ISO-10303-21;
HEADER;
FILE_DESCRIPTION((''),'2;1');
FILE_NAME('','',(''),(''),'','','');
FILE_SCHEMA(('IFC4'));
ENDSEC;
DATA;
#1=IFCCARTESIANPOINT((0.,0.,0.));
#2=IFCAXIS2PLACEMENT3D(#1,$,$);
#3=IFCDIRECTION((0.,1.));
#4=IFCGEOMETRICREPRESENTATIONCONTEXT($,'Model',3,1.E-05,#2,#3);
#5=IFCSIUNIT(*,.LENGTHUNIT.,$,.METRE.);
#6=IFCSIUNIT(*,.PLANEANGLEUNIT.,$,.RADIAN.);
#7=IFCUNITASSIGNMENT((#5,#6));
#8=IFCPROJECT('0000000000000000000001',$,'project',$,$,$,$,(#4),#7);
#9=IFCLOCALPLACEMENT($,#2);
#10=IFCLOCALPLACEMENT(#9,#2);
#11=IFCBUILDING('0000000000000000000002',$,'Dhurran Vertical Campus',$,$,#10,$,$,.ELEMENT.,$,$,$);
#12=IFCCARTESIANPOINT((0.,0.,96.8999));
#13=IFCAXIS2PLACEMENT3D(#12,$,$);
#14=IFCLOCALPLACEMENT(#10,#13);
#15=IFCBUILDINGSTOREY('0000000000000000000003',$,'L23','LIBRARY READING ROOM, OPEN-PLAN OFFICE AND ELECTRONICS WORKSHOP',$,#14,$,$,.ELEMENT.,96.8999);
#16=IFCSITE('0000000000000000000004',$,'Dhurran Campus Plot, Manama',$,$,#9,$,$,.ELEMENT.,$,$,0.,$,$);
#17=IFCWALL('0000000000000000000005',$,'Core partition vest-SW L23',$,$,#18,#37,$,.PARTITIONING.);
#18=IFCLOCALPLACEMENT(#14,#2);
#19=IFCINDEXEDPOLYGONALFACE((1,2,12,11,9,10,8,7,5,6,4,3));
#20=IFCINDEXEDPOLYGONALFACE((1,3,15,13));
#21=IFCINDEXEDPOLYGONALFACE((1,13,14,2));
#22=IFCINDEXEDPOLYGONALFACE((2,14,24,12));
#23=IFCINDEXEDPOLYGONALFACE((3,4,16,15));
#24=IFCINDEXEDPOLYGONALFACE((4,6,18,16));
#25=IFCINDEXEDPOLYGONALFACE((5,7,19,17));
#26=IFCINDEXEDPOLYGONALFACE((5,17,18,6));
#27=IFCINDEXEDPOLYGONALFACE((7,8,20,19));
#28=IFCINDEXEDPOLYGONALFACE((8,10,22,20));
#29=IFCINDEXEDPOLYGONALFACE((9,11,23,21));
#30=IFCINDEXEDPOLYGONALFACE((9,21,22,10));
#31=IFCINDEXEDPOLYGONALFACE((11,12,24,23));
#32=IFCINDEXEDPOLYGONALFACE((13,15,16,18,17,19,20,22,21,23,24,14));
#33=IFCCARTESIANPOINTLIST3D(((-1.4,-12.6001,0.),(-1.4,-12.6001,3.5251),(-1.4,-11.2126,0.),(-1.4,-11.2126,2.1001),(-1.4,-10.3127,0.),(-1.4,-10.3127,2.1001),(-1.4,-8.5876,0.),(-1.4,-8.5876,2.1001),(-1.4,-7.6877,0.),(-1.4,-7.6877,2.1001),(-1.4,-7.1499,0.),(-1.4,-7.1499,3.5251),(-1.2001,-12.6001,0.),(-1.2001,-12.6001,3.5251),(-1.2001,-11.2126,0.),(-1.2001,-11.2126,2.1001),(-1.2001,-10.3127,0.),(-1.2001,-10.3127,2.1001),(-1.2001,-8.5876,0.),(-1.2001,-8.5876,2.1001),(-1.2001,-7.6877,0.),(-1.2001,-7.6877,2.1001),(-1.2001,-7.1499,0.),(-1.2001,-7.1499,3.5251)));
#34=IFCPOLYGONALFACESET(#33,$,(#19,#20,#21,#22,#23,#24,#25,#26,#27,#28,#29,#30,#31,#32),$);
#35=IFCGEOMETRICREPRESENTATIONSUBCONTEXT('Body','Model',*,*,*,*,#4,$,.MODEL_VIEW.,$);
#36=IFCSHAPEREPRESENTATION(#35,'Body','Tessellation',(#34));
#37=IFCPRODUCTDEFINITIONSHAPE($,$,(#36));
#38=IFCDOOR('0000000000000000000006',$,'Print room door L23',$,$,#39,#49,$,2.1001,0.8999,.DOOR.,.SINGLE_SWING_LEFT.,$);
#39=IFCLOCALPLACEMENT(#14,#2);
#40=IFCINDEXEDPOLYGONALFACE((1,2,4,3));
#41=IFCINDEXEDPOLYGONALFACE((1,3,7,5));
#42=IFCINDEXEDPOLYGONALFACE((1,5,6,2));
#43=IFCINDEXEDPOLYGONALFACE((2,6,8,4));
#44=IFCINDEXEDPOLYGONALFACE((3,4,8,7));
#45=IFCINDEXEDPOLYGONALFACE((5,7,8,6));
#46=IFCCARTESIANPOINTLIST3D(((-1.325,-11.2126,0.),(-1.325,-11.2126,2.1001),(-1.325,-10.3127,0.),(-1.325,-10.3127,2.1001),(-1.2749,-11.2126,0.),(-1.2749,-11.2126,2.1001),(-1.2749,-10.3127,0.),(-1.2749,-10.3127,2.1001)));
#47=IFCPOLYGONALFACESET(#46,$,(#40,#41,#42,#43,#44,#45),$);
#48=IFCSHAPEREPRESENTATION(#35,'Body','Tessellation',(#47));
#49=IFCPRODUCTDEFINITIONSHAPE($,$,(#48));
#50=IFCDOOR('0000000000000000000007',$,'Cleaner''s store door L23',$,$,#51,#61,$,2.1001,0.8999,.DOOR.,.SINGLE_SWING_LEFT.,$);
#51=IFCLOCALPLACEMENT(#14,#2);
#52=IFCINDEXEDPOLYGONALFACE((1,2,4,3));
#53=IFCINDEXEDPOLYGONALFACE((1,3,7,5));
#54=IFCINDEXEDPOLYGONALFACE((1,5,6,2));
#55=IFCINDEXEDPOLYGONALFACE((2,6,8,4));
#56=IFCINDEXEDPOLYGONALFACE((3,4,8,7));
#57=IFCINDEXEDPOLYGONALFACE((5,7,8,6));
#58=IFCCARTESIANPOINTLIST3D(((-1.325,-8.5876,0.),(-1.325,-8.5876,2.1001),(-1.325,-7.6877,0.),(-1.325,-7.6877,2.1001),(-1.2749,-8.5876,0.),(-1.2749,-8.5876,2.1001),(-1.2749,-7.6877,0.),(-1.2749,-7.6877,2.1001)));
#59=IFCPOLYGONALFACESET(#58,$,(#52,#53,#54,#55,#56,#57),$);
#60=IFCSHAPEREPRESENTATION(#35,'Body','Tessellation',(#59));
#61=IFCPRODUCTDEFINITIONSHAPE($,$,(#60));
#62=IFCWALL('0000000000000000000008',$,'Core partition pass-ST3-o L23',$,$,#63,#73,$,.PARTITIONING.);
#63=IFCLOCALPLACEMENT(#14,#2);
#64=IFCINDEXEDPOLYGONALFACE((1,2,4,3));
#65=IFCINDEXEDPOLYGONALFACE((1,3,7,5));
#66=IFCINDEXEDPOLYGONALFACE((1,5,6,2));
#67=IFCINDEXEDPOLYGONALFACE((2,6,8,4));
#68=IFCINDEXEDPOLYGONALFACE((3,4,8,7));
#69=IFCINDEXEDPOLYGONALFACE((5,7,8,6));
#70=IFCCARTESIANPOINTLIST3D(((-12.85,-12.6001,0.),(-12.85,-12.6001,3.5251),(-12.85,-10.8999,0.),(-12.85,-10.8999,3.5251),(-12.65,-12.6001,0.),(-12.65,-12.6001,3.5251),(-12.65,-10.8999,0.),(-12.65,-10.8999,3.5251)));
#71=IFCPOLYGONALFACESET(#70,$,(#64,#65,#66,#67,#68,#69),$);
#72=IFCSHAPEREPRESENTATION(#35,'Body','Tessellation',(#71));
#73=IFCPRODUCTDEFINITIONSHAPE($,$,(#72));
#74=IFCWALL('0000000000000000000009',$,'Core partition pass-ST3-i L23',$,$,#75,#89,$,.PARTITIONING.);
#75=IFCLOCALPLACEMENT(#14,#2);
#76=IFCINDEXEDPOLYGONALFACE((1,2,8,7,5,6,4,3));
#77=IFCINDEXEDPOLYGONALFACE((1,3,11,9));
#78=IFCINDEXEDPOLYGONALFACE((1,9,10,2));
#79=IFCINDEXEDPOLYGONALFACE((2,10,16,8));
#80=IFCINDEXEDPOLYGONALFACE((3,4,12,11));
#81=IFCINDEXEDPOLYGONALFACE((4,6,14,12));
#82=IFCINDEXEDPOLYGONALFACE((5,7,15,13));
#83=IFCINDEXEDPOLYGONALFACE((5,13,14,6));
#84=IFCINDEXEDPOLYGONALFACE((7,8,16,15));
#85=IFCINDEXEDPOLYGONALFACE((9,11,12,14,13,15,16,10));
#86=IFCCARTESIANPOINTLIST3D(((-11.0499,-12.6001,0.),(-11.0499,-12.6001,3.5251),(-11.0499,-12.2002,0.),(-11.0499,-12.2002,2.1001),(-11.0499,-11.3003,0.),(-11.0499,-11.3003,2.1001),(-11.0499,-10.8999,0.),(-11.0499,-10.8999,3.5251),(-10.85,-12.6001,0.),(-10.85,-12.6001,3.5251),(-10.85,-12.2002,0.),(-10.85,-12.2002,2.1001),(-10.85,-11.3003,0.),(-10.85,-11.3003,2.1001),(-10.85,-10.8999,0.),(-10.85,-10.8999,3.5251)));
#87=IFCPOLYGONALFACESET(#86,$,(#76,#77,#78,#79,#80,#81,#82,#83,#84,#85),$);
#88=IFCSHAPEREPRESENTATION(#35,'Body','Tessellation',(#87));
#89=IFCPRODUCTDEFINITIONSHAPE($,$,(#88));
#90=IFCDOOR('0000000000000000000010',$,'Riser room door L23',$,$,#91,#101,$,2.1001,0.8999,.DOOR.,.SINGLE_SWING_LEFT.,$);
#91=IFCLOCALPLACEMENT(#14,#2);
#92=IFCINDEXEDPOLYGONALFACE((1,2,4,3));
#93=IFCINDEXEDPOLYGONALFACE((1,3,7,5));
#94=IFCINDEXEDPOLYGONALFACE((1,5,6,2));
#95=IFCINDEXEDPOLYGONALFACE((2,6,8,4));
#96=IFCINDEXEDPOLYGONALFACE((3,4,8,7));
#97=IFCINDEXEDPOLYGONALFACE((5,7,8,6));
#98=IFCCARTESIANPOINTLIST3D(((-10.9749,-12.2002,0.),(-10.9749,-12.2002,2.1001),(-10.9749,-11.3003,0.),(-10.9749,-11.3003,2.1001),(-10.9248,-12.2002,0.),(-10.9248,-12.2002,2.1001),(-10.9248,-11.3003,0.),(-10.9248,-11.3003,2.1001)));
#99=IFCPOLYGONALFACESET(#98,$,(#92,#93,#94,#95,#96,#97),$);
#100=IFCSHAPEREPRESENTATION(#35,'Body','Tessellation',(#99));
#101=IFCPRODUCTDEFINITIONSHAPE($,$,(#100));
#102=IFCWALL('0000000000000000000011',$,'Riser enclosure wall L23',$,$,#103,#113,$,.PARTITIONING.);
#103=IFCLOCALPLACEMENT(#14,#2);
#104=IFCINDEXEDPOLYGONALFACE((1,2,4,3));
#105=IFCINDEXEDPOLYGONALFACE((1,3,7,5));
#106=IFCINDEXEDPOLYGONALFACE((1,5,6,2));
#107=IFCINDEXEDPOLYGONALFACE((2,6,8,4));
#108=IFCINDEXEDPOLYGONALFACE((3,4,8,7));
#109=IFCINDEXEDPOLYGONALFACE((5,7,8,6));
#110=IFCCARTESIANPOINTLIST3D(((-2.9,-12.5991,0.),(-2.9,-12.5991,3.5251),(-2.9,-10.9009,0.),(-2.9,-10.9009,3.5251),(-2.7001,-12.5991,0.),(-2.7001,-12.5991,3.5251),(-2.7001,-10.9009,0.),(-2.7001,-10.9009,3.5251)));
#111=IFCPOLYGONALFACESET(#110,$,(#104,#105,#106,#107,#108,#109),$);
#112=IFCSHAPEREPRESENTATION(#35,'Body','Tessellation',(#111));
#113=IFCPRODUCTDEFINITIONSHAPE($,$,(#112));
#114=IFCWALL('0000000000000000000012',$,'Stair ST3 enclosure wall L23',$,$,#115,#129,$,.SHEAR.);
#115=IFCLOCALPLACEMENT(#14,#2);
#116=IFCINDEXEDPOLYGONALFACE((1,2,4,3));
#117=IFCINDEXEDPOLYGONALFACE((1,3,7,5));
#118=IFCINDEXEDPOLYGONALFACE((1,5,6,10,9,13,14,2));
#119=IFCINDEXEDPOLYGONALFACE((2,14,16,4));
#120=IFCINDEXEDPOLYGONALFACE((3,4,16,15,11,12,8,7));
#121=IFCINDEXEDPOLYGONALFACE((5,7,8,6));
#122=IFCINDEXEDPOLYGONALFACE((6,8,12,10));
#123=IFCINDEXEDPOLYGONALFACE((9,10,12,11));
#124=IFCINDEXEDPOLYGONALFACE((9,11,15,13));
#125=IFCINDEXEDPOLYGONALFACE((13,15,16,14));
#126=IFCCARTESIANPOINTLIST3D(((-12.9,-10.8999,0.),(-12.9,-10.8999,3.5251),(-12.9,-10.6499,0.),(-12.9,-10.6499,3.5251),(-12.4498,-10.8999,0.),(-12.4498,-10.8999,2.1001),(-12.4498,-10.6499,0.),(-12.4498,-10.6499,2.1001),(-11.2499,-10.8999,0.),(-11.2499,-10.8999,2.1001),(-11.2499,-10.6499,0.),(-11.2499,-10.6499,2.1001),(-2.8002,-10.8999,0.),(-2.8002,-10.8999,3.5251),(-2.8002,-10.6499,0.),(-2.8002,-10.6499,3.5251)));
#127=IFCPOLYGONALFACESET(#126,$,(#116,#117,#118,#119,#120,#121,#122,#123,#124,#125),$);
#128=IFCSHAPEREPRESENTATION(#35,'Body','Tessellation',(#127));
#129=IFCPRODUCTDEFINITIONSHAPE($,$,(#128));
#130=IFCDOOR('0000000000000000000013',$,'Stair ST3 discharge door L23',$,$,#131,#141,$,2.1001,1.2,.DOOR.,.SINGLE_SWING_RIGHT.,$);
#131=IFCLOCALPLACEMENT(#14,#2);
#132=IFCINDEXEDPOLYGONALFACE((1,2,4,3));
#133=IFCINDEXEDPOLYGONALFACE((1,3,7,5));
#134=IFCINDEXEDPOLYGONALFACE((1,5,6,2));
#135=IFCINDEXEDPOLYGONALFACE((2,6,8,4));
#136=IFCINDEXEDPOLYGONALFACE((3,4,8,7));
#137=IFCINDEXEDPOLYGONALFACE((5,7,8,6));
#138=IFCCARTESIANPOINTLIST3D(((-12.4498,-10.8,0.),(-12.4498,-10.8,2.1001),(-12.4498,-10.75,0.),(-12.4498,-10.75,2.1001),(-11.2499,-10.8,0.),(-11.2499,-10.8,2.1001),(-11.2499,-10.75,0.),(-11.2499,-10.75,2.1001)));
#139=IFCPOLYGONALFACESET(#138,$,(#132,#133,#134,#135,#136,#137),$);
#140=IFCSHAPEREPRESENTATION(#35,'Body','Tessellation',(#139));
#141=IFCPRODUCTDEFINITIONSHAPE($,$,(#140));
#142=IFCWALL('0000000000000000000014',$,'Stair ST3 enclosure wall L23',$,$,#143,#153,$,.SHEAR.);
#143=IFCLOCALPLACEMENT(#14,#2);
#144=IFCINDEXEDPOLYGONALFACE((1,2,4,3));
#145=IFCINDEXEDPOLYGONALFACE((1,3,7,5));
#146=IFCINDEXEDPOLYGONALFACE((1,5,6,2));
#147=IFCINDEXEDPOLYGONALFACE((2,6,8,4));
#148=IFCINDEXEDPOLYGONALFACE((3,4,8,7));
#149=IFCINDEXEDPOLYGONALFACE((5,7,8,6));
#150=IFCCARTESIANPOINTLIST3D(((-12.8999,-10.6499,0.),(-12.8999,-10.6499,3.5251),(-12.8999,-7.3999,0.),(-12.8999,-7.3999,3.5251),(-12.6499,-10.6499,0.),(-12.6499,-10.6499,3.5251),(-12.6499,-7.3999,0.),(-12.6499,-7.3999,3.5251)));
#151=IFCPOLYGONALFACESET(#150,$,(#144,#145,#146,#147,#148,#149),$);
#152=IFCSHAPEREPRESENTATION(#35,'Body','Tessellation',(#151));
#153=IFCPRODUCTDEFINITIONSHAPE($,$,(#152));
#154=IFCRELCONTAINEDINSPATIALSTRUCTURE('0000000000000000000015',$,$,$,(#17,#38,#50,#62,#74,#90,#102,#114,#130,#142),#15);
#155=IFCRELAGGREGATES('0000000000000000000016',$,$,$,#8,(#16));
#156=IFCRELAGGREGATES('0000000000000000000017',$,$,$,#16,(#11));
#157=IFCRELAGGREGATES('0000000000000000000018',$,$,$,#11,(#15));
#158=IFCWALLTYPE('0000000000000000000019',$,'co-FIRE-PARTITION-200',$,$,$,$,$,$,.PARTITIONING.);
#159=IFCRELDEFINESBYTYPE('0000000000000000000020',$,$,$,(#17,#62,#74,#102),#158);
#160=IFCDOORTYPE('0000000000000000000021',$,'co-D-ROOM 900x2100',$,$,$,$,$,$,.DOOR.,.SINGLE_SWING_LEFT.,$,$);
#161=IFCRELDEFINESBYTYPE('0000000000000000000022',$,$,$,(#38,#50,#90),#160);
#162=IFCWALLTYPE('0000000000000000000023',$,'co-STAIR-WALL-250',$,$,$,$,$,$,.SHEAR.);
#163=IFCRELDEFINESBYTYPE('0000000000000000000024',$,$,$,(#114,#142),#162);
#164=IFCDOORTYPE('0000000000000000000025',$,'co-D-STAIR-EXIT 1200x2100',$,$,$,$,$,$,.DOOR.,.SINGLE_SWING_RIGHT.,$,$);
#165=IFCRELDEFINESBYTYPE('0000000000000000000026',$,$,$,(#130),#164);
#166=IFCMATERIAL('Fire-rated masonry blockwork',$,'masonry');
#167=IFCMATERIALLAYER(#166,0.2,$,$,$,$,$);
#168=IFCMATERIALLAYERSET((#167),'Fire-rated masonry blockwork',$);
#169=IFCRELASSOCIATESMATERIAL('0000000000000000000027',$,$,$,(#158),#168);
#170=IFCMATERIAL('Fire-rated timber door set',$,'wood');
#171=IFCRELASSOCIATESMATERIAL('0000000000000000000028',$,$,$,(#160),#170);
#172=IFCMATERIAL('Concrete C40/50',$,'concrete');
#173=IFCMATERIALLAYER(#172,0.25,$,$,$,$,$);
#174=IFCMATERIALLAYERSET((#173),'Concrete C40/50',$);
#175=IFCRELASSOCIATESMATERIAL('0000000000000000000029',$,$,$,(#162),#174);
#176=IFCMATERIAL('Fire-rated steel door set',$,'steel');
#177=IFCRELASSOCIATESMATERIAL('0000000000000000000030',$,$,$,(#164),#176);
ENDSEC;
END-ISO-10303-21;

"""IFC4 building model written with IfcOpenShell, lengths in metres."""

from ifc_helpers import new_model, si_unit, direction, frame, frame_2d, origin, place, context, subcontext, project, spatial, rectangle, extrude, material, layer, layer_set, type_object, element, fill, save


model = new_model("IFC4")

# Units and contexts
model_context = context("Model", 3, precision=1e-05, world=origin(), true_north=direction((0.0, 1.0)))
body_context = subcontext(model_context, "Body", "Model", "MODEL_VIEW")
ifc_project = project(units=[si_unit("LENGTHUNIT", "METRE"), si_unit("PLANEANGLEUNIT", "RADIAN")], contexts=[model_context])

# Site, building, storey
site_placement = place(None, origin())
site = spatial("IfcSite", under=ifc_project, at=site_placement, Name="Dhurran Campus Plot, Manama", CompositionType="ELEMENT", RefElevation=0.0)
building_placement = place(site_placement, origin())
building = spatial("IfcBuilding", under=site, at=building_placement, Name="Dhurran Vertical Campus", CompositionType="ELEMENT")
storey_placement = place(building_placement, frame((0.0, 0.0, 96.8999)))
storey = spatial("IfcBuildingStorey", under=building, at=storey_placement, Name="L23", Description="LIBRARY READING ROOM, OPEN-PLAN OFFICE AND ELECTRONICS WORKSHOP", CompositionType="ELEMENT", Elevation=96.8999)

# Wall, openings, doors
ifc_material_1 = material(Name="Fire-rated masonry blockwork", Category="masonry")
ifc_layer_1 = layer(ifc_material_1, 0.2)
ifc_layer_set_1 = layer_set([ifc_layer_1], Name="Fire-rated masonry blockwork")
wall_type_1 = type_object("IfcWallType", Name="co-FIRE-PARTITION-200", PredefinedType="PARTITIONING", material=ifc_layer_set_1)
wall_1_placement = place(storey_placement, frame((-1.3, -12.6001, 0.0), z_axis=(0.0, 0.0, 1.0), x_axis=(0.0, 1.0, 0.0)))
wall_1 = element("IfcWall", 1, at=wall_1_placement, inside=storey, type_object=wall_type_1, Name="Core partition vest-SW L23", PredefinedType="PARTITIONING", context=body_context, shape_type="SweptSolid", body=[
    extrude(rectangle(XDim=5.4502, YDim=0.2, at=frame_2d((2.7251, 0.0))), origin(), (0.0, 0.0, 1.0), 3.5251),
])
opening_1_placement = place(wall_1_placement, frame((1.3875, 0.0, 0.0)))
opening_1 = element("IfcOpeningElement", 2, at=opening_1_placement, cuts=wall_1, PredefinedType="OPENING", context=body_context, shape_type="SweptSolid", body=[
    extrude(rectangle(XDim=0.8999, YDim=2.1001, at=frame_2d((0.45, 1.05))), frame((0.0, 0.1099, 0.0), z_axis=(0.0, -1.0, 0.0), x_axis=(1.0, 0.0, 0.0)), (0.0, 0.0, 1.0), 0.22),
])
opening_2_placement = place(wall_1_placement, frame((4.0125, 0.0, 0.0)))
opening_2 = element("IfcOpeningElement", 3, at=opening_2_placement, cuts=wall_1, PredefinedType="OPENING", context=body_context, shape_type="SweptSolid", body=[
    extrude(rectangle(XDim=0.8999, YDim=2.1001, at=frame_2d((0.45, 1.05))), frame((0.0, 0.1099, 0.0), z_axis=(0.0, -1.0, 0.0), x_axis=(1.0, 0.0, 0.0)), (0.0, 0.0, 1.0), 0.22),
])
ifc_material_2 = material(Name="Fire-rated timber door set", Category="wood")
door_type_1 = type_object("IfcDoorType", Name="co-D-ROOM 900x2100", OperationType="SINGLE_SWING_LEFT", PredefinedType="DOOR", material=ifc_material_2)
door_1_placement = place(opening_1_placement, origin())
door_1 = element("IfcDoor", 4, at=door_1_placement, inside=storey, type_object=door_type_1, Name="Print room door L23", OperationType="SINGLE_SWING_LEFT", OverallHeight=2.1001, OverallWidth=0.8999, PredefinedType="DOOR", context=body_context, shape_type="SweptSolid", body=[
    extrude(rectangle(XDim=0.8999, YDim=2.1001, at=frame_2d((0.45, 1.05))), frame((0.0, 0.0249, 0.0), z_axis=(0.0, -1.0, 0.0), x_axis=(1.0, 0.0, 0.0)), (0.0, 0.0, 1.0), 0.05),
])
fill(opening_1, door_1)
door_2_placement = place(opening_2_placement, origin())
door_2 = element("IfcDoor", 5, at=door_2_placement, inside=storey, type_object=door_type_1, Name="Cleaner's store door L23", OperationType="SINGLE_SWING_LEFT", OverallHeight=2.1001, OverallWidth=0.8999, PredefinedType="DOOR", context=body_context, shape_type="SweptSolid", body=[
    extrude(rectangle(XDim=0.8999, YDim=2.1001, at=frame_2d((0.45, 1.05))), frame((0.0, 0.0249, 0.0), z_axis=(0.0, -1.0, 0.0), x_axis=(1.0, 0.0, 0.0)), (0.0, 0.0, 1.0), 0.05),
])
fill(opening_2, door_2)

# Wall
wall_2_placement = place(storey_placement, frame((-12.75, -12.6001, 0.0), z_axis=(0.0, 0.0, 1.0), x_axis=(0.0, 1.0, 0.0)))
element("IfcWall", 6, at=wall_2_placement, inside=storey, type_object=wall_type_1, Name="Core partition pass-ST3-o L23", PredefinedType="PARTITIONING", context=body_context, shape_type="SweptSolid", body=[
    extrude(rectangle(XDim=1.7002, YDim=0.2, at=frame_2d((0.8501, 0.0))), origin(), (0.0, 0.0, 1.0), 3.5251),
])

# Wall, opening, door
wall_3_placement = place(storey_placement, frame((-10.95, -12.6001, 0.0), z_axis=(0.0, 0.0, 1.0), x_axis=(0.0, 1.0, 0.0)))
wall_3 = element("IfcWall", 7, at=wall_3_placement, inside=storey, type_object=wall_type_1, Name="Core partition pass-ST3-i L23", PredefinedType="PARTITIONING", context=body_context, shape_type="SweptSolid", body=[
    extrude(rectangle(XDim=1.7002, YDim=0.2, at=frame_2d((0.8501, 0.0))), origin(), (0.0, 0.0, 1.0), 3.5251),
])
opening_3_placement = place(wall_3_placement, frame((0.3999, 0.0, 0.0)))
opening_3 = element("IfcOpeningElement", 8, at=opening_3_placement, cuts=wall_3, PredefinedType="OPENING", context=body_context, shape_type="SweptSolid", body=[
    extrude(rectangle(XDim=0.8999, YDim=2.1001, at=frame_2d((0.45, 1.05))), frame((0.0, 0.1099, 0.0), z_axis=(0.0, -1.0, 0.0), x_axis=(1.0, 0.0, 0.0)), (0.0, 0.0, 1.0), 0.22),
])
door_3_placement = place(opening_3_placement, origin())
door_3 = element("IfcDoor", 9, at=door_3_placement, inside=storey, type_object=door_type_1, Name="Riser room door L23", OperationType="SINGLE_SWING_LEFT", OverallHeight=2.1001, OverallWidth=0.8999, PredefinedType="DOOR", context=body_context, shape_type="SweptSolid", body=[
    extrude(rectangle(XDim=0.8999, YDim=2.1001, at=frame_2d((0.45, 1.05))), frame((0.0, 0.0249, 0.0), z_axis=(0.0, -1.0, 0.0), x_axis=(1.0, 0.0, 0.0)), (0.0, 0.0, 1.0), 0.05),
])
fill(opening_3, door_3)

# Wall
wall_4_placement = place(storey_placement, frame((-2.8, -12.5991, 0.0), z_axis=(0.0, 0.0, 1.0), x_axis=(0.0, 1.0, 0.0)))
element("IfcWall", 10, at=wall_4_placement, inside=storey, type_object=wall_type_1, Name="Riser enclosure wall L23", PredefinedType="PARTITIONING", context=body_context, shape_type="SweptSolid", body=[
    extrude(rectangle(XDim=1.6982, YDim=0.2, at=frame_2d((0.8491, 0.0))), origin(), (0.0, 0.0, 1.0), 3.5251),
])

# Wall, opening, door
ifc_material_3 = material(Name="Concrete C40/50", Category="concrete")
ifc_layer_2 = layer(ifc_material_3, 0.25)
ifc_layer_set_2 = layer_set([ifc_layer_2], Name="Concrete C40/50")
wall_type_2 = type_object("IfcWallType", Name="co-STAIR-WALL-250", PredefinedType="SHEAR", material=ifc_layer_set_2)
wall_5_placement = place(storey_placement, frame((-12.8999, -10.7749, 0.0), z_axis=(0.0, 0.0, 1.0), x_axis=(1.0, 0.0, 0.0)))
wall_5 = element("IfcWall", 11, at=wall_5_placement, inside=storey, type_object=wall_type_2, Name="Stair ST3 enclosure wall L23", PredefinedType="SHEAR", context=body_context, shape_type="SweptSolid", body=[
    extrude(rectangle(XDim=10.0999, YDim=0.25, at=frame_2d((5.0498, 0.0))), origin(), (0.0, 0.0, 1.0), 3.5251),
])
opening_4_placement = place(wall_5_placement, frame((0.45, 0.0, 0.0)))
opening_4 = element("IfcOpeningElement", 12, at=opening_4_placement, cuts=wall_5, PredefinedType="OPENING", context=body_context, shape_type="SweptSolid", body=[
    extrude(rectangle(XDim=1.2, YDim=2.1001, at=frame_2d((0.6001, 1.05))), frame((0.0, 0.135, 0.0), z_axis=(0.0, -1.0, 0.0), x_axis=(1.0, 0.0, 0.0)), (0.0, 0.0, 1.0), 0.27),
])
ifc_material_4 = material(Name="Fire-rated steel door set", Category="steel")
door_type_2 = type_object("IfcDoorType", Name="co-D-STAIR-EXIT 1200x2100", OperationType="SINGLE_SWING_RIGHT", PredefinedType="DOOR", material=ifc_material_4)
door_4_placement = place(opening_4_placement, origin())
door_4 = element("IfcDoor", 13, at=door_4_placement, inside=storey, type_object=door_type_2, Name="Stair ST3 discharge door L23", OperationType="SINGLE_SWING_RIGHT", OverallHeight=2.1001, OverallWidth=1.2, PredefinedType="DOOR", context=body_context, shape_type="SweptSolid", body=[
    extrude(rectangle(XDim=1.2, YDim=2.1001, at=frame_2d((0.6001, 1.05))), frame((0.0, 0.0249, 0.0), z_axis=(0.0, -1.0, 0.0), x_axis=(1.0, 0.0, 0.0)), (0.0, 0.0, 1.0), 0.05),
])
fill(opening_4, door_4)

# Wall
wall_6_placement = place(storey_placement, frame((-12.7749, -10.6499, 0.0), z_axis=(0.0, 0.0, 1.0), x_axis=(0.0, 1.0, 0.0)))
element("IfcWall", 14, at=wall_6_placement, inside=storey, type_object=wall_type_2, Name="Stair ST3 enclosure wall L23", PredefinedType="SHEAR", context=body_context, shape_type="SweptSolid", body=[
    extrude(rectangle(XDim=3.25, YDim=0.25, at=frame_2d((1.625, 0.0))), origin(), (0.0, 0.0, 1.0), 3.5251),
])

save(model, "model.ifc")
